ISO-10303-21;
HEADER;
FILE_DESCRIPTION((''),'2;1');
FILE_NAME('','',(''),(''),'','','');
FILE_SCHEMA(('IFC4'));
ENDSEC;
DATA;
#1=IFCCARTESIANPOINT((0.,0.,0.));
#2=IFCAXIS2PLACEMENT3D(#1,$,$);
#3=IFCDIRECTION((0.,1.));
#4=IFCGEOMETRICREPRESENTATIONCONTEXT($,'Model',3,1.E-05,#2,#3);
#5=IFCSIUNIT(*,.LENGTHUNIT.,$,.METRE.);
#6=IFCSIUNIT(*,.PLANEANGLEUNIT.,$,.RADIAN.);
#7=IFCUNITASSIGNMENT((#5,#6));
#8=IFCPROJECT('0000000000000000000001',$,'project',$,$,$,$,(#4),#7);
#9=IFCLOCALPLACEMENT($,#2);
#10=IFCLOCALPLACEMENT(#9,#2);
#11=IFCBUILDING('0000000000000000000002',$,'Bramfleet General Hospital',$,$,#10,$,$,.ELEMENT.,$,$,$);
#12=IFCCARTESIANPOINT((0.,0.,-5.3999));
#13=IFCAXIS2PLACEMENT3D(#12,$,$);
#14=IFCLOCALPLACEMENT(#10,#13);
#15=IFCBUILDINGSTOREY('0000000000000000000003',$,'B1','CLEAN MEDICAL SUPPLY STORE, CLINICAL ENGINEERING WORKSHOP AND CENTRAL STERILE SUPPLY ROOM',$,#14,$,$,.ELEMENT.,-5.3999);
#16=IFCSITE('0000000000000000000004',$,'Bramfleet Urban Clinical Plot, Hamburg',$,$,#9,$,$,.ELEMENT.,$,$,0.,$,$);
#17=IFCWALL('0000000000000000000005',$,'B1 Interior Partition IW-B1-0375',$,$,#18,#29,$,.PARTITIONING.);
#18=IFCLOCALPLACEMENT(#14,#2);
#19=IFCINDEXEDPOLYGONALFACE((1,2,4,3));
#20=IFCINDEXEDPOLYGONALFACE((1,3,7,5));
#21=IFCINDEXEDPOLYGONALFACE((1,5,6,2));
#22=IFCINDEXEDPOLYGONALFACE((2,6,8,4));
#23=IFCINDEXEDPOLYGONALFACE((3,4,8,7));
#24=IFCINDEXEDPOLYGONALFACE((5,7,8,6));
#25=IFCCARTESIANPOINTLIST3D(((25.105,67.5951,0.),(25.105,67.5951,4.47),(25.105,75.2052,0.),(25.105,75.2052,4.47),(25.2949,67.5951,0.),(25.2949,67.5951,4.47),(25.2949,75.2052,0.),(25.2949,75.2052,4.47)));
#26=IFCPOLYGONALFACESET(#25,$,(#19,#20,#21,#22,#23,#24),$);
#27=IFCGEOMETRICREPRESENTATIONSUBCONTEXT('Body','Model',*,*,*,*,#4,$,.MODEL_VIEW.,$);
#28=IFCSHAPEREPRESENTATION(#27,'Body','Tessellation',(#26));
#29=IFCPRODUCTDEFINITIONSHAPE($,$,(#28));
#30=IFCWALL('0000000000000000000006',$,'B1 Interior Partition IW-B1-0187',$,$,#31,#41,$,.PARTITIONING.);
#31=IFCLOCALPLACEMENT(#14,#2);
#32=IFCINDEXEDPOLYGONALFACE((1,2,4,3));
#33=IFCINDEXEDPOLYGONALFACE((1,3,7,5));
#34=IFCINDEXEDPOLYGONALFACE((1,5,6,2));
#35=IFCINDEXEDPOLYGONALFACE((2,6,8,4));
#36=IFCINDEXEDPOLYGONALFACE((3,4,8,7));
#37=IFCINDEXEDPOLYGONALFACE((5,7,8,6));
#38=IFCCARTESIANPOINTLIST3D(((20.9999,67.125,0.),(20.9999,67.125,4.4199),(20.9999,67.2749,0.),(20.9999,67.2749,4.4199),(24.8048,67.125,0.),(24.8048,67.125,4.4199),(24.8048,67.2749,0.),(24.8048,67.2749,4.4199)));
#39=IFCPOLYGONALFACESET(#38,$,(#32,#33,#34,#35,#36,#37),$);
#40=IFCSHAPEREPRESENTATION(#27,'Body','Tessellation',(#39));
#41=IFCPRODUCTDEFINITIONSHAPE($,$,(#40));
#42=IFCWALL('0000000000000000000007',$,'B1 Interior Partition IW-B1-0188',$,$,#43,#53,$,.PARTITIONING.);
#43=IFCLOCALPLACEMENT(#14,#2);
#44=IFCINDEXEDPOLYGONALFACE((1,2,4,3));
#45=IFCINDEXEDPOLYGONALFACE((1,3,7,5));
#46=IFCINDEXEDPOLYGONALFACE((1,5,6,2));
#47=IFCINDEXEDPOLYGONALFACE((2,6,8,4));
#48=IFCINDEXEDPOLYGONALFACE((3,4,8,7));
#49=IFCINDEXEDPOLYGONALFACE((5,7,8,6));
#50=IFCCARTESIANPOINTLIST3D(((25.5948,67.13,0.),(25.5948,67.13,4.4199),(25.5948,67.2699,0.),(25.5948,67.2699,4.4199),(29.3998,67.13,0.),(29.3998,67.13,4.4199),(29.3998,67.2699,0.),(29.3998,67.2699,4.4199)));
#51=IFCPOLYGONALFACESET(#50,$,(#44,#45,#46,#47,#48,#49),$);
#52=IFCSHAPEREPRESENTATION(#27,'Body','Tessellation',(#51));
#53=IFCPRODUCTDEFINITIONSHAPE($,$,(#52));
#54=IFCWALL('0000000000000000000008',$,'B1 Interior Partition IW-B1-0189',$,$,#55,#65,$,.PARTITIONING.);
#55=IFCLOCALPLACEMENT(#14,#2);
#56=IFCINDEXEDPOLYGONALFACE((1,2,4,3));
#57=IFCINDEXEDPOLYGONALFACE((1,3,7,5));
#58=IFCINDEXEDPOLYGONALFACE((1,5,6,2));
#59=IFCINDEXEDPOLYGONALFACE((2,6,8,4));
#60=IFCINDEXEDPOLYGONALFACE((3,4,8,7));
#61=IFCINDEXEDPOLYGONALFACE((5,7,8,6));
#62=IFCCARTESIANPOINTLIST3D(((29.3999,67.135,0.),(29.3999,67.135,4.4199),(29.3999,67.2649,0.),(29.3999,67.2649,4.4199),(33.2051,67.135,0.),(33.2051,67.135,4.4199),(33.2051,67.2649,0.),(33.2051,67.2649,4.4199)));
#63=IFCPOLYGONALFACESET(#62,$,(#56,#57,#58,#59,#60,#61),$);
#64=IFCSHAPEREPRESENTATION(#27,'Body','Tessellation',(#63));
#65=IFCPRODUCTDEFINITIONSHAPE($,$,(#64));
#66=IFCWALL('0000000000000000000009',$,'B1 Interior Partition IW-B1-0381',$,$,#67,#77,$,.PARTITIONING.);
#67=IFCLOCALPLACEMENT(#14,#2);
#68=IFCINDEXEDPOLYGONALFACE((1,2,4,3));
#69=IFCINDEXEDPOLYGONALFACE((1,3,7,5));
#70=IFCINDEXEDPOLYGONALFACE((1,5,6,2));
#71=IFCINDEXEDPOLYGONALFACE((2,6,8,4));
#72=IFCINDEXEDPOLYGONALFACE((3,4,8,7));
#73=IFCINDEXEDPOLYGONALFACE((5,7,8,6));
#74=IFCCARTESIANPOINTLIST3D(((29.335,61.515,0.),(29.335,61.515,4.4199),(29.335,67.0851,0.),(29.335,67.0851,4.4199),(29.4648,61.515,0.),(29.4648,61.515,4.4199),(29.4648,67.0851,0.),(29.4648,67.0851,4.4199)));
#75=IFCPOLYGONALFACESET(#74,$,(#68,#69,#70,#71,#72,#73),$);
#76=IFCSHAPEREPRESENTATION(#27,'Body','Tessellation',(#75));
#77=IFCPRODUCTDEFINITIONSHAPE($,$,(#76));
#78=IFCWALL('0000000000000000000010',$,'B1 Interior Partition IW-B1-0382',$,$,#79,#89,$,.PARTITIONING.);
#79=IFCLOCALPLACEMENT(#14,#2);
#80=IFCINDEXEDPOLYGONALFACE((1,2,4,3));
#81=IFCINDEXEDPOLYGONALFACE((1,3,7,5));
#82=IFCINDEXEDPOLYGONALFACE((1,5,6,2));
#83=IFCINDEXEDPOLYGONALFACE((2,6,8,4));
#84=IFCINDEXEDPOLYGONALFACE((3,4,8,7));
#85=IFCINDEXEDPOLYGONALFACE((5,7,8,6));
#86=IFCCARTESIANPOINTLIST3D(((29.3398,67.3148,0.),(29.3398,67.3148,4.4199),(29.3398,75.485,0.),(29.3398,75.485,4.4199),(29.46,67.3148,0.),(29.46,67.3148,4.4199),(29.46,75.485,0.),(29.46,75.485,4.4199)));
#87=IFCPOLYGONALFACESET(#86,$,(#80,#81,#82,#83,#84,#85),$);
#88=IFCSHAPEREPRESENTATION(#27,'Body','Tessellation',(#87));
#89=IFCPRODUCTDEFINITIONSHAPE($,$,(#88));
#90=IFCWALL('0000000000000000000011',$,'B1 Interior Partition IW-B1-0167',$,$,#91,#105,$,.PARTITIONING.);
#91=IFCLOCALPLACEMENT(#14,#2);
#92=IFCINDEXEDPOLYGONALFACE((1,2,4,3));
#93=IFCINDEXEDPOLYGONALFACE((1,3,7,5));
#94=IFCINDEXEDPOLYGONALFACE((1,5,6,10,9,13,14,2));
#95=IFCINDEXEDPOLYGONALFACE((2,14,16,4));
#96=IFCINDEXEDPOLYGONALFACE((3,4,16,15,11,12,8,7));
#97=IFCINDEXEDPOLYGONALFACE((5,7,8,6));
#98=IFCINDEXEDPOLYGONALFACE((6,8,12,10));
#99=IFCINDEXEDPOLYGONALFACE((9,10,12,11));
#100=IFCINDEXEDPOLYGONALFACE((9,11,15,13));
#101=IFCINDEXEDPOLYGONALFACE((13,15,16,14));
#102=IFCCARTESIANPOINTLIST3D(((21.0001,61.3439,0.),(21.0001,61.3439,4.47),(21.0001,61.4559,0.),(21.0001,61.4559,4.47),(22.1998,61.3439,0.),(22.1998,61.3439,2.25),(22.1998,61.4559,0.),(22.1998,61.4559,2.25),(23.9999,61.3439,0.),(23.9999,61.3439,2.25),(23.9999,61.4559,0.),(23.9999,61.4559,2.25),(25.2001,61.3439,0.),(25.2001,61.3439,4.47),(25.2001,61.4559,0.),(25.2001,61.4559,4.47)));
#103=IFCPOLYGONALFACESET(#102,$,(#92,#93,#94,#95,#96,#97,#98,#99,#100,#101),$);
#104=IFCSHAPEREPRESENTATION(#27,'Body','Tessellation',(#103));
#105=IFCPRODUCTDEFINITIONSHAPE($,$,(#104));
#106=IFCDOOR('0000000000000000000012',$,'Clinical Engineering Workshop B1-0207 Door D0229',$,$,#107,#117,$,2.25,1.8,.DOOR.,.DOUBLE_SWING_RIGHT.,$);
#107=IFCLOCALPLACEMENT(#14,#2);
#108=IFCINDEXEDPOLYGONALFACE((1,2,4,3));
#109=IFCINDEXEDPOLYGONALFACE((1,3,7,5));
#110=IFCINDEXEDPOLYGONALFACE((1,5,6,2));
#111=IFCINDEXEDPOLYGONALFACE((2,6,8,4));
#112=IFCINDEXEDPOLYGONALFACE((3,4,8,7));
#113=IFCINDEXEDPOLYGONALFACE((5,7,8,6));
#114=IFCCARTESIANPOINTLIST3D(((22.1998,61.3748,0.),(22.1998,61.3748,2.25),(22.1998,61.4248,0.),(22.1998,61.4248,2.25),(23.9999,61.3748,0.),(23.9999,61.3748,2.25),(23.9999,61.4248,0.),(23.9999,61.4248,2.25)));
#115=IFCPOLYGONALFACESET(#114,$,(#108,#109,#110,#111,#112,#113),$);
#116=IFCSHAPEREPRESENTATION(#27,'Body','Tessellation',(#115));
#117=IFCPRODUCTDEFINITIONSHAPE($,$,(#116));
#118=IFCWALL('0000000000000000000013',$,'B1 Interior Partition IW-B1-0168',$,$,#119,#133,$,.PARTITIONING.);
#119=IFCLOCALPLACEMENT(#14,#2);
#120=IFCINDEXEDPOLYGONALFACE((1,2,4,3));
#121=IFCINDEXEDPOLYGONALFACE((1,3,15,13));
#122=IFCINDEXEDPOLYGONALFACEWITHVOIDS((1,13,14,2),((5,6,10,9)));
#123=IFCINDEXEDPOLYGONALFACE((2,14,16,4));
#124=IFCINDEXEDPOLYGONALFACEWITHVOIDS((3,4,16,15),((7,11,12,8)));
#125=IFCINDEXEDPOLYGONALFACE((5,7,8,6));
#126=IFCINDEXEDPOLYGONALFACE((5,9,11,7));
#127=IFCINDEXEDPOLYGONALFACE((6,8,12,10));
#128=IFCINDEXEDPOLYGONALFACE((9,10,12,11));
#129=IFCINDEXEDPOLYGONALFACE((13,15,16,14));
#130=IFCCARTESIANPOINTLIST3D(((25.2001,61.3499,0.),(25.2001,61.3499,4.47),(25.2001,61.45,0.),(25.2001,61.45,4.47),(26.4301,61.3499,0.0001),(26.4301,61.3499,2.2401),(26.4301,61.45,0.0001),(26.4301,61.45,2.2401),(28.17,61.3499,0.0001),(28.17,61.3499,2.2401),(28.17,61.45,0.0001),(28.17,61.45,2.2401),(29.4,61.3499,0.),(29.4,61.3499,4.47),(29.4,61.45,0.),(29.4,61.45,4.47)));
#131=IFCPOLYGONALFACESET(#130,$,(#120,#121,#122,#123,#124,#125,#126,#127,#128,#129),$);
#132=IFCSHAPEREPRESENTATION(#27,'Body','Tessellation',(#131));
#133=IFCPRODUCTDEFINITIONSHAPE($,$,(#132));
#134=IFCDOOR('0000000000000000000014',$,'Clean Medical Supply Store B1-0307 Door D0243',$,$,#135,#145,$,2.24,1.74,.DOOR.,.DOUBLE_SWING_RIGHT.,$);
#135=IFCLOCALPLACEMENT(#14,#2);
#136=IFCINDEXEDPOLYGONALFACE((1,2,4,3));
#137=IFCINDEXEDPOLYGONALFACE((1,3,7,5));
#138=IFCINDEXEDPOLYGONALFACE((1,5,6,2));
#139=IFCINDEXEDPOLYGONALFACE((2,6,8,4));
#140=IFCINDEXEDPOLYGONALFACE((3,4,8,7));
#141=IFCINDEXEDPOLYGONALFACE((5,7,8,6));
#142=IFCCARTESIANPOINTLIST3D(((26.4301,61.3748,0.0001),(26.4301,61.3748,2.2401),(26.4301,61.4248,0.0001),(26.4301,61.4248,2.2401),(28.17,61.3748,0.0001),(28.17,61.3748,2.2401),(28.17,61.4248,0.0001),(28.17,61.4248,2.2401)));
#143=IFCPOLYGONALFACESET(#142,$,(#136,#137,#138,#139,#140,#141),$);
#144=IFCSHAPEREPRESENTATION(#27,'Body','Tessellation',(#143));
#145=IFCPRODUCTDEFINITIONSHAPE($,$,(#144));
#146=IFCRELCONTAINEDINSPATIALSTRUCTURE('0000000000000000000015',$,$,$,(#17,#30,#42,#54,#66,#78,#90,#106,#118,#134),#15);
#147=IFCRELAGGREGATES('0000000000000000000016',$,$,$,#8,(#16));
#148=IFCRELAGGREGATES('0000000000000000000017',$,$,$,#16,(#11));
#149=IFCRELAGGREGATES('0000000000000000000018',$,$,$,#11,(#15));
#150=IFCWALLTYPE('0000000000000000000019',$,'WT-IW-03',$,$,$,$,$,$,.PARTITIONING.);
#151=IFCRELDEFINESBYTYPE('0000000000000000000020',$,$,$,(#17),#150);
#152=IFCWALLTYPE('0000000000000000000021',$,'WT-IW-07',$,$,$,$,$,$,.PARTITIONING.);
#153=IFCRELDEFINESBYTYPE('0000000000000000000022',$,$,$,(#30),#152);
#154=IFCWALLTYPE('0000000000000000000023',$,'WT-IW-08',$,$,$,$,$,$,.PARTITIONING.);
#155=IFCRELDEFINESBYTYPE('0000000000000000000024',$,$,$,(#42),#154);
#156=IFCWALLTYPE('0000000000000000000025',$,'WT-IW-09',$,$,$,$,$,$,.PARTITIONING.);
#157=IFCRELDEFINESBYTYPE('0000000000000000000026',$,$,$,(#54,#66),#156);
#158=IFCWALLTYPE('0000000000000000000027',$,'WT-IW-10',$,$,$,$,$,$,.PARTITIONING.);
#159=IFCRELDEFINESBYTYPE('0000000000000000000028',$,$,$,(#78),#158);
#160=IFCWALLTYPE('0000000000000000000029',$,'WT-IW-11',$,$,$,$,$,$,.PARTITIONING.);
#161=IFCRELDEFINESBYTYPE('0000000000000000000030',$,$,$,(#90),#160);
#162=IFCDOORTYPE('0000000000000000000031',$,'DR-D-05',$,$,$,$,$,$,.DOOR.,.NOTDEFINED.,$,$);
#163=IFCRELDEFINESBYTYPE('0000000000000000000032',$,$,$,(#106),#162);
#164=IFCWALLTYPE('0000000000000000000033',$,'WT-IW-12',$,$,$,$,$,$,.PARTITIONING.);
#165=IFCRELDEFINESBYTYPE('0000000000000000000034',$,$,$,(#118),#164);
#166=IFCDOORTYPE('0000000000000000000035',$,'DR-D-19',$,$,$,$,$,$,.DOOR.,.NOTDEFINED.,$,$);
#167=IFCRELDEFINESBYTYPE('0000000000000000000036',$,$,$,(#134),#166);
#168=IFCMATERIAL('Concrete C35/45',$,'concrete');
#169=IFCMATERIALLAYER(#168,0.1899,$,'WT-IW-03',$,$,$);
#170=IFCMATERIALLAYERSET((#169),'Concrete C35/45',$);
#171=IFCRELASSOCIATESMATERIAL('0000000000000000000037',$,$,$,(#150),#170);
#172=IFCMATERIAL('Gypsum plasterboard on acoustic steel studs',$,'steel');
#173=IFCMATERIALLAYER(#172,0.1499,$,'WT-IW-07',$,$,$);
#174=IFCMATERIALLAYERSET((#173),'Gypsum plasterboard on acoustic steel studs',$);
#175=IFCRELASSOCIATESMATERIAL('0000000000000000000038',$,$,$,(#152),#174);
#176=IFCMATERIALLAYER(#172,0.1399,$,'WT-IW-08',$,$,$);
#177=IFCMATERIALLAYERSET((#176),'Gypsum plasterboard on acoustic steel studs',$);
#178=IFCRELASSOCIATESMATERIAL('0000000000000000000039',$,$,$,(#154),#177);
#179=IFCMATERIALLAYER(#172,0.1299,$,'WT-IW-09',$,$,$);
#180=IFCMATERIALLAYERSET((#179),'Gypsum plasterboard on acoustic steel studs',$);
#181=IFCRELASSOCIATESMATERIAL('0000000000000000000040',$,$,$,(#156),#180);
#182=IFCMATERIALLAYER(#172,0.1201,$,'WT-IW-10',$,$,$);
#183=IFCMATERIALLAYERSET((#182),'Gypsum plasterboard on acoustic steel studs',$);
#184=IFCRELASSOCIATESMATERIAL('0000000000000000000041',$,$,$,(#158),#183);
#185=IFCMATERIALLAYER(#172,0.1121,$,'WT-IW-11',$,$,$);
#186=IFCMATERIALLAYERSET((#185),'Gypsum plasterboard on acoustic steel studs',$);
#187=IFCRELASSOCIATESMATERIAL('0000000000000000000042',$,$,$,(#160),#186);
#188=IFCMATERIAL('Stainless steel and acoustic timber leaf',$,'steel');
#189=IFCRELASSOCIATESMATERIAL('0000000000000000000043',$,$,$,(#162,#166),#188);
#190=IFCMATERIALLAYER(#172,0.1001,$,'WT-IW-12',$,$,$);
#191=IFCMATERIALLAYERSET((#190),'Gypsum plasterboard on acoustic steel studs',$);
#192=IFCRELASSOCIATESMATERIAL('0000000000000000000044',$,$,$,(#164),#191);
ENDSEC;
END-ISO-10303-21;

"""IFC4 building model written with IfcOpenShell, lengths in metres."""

from ifc_helpers import new_model, si_unit, direction, frame, frame_2d, origin, place, context, subcontext, project, spatial, rectangle, extrude, material, layer, layer_set, type_object, element, fill, save


model = new_model("IFC4")

# Units and contexts
model_context = context("Model", 3, precision=1e-05, world=origin(), true_north=direction((0.0, 1.0)))
body_context = subcontext(model_context, "Body", "Model", "MODEL_VIEW")
ifc_project = project(units=[si_unit("LENGTHUNIT", "METRE"), si_unit("PLANEANGLEUNIT", "RADIAN")], contexts=[model_context])

# Site, building, storey
site_placement = place(None, origin())
site = spatial("IfcSite", under=ifc_project, at=site_placement, Name="Bramfleet Urban Clinical Plot, Hamburg", CompositionType="ELEMENT", RefElevation=0.0)
building_placement = place(site_placement, origin())
building = spatial("IfcBuilding", under=site, at=building_placement, Name="Bramfleet General Hospital", CompositionType="ELEMENT")
storey_placement = place(building_placement, frame((0.0, 0.0, -5.3999)))
storey = spatial("IfcBuildingStorey", under=building, at=storey_placement, Name="B1", Description="CLEAN MEDICAL SUPPLY STORE, CLINICAL ENGINEERING WORKSHOP AND CENTRAL STERILE SUPPLY ROOM", CompositionType="ELEMENT", Elevation=-5.3999)

# Shared definitions
ifc_material_1 = material(Name="Concrete C35/45", Category="concrete")

# Shared definitions
ifc_material_2 = material(Name="Stainless steel and acoustic timber leaf", Category="steel")

# Walls
ifc_layer_1 = layer(ifc_material_1, 0.1899, Name="WT-IW-03")
ifc_layer_set_1 = layer_set([ifc_layer_1], Name="Concrete C35/45")
wall_type_1 = type_object("IfcWallType", Name="WT-IW-03", PredefinedType="PARTITIONING", material=ifc_layer_set_1)
wall_1_placement = place(storey_placement, frame((25.2, 67.595, 0.0), z_axis=(0.0, 0.0, 1.0), x_axis=(0.0, 1.0, 0.0)))
element("IfcWall", 1, at=wall_1_placement, inside=storey, type_object=wall_type_1, Name="B1 Interior Partition IW-B1-0375", PredefinedType="PARTITIONING", context=body_context, shape_type="SweptSolid", body=[
    extrude(rectangle(XDim=7.6101, YDim=0.1899, at=frame_2d((3.8052, 0.0))), origin(), (0.0, 0.0, 1.0), 4.47),
])
ifc_material_3 = material(Name="Gypsum plasterboard on acoustic steel studs", Category="steel")
ifc_layer_2 = layer(ifc_material_3, 0.1499, Name="WT-IW-07")
ifc_layer_set_2 = layer_set([ifc_layer_2], Name="Gypsum plasterboard on acoustic steel studs")
wall_type_2 = type_object("IfcWallType", Name="WT-IW-07", PredefinedType="PARTITIONING", material=ifc_layer_set_2)
wall_2_placement = place(storey_placement, frame((21.0, 67.2, 0.0), z_axis=(0.0, 0.0, 1.0), x_axis=(1.0, 0.0, 0.0)))
element("IfcWall", 2, at=wall_2_placement, inside=storey, type_object=wall_type_2, Name="B1 Interior Partition IW-B1-0187", PredefinedType="PARTITIONING", context=body_context, shape_type="SweptSolid", body=[
    extrude(rectangle(XDim=3.8049, YDim=0.1499, at=frame_2d((1.9023, 0.0))), origin(), (0.0, 0.0, 1.0), 4.4199),
])
ifc_layer_3 = layer(ifc_material_3, 0.1399, Name="WT-IW-08")
ifc_layer_set_3 = layer_set([ifc_layer_3], Name="Gypsum plasterboard on acoustic steel studs")
wall_type_3 = type_object("IfcWallType", Name="WT-IW-08", PredefinedType="PARTITIONING", material=ifc_layer_set_3)
wall_3_placement = place(storey_placement, frame((25.595, 67.2, 0.0), z_axis=(0.0, 0.0, 1.0), x_axis=(1.0, 0.0, 0.0)))
element("IfcWall", 3, at=wall_3_placement, inside=storey, type_object=wall_type_3, Name="B1 Interior Partition IW-B1-0188", PredefinedType="PARTITIONING", context=body_context, shape_type="SweptSolid", body=[
    extrude(rectangle(XDim=3.8049, YDim=0.1399, at=frame_2d((1.9023, 0.0))), origin(), (0.0, 0.0, 1.0), 4.4199),
])
ifc_layer_4 = layer(ifc_material_3, 0.1299, Name="WT-IW-09")
ifc_layer_set_4 = layer_set([ifc_layer_4], Name="Gypsum plasterboard on acoustic steel studs")
wall_type_4 = type_object("IfcWallType", Name="WT-IW-09", PredefinedType="PARTITIONING", material=ifc_layer_set_4)
wall_4_placement = place(storey_placement, frame((29.3999, 67.2, 0.0), z_axis=(0.0, 0.0, 1.0), x_axis=(1.0, 0.0, 0.0)))
element("IfcWall", 4, at=wall_4_placement, inside=storey, type_object=wall_type_4, Name="B1 Interior Partition IW-B1-0189", PredefinedType="PARTITIONING", context=body_context, shape_type="SweptSolid", body=[
    extrude(rectangle(XDim=3.8052, YDim=0.1299, at=frame_2d((1.9026, 0.0))), origin(), (0.0, 0.0, 1.0), 4.4199),
])
wall_5_placement = place(storey_placement, frame((29.3999, 61.5149, 0.0), z_axis=(0.0, 0.0, 1.0), x_axis=(0.0, 1.0, 0.0)))
element("IfcWall", 5, at=wall_5_placement, inside=storey, type_object=wall_type_4, Name="B1 Interior Partition IW-B1-0381", PredefinedType="PARTITIONING", context=body_context, shape_type="SweptSolid", body=[
    extrude(rectangle(XDim=5.5701, YDim=0.1299, at=frame_2d((2.7852, 0.0))), origin(), (0.0, 0.0, 1.0), 4.4199),
])
ifc_layer_5 = layer(ifc_material_3, 0.1201, Name="WT-IW-10")
ifc_layer_set_5 = layer_set([ifc_layer_5], Name="Gypsum plasterboard on acoustic steel studs")
wall_type_5 = type_object("IfcWallType", Name="WT-IW-10", PredefinedType="PARTITIONING", material=ifc_layer_set_5)
wall_6_placement = place(storey_placement, frame((29.3999, 67.3149, 0.0), z_axis=(0.0, 0.0, 1.0), x_axis=(0.0, 1.0, 0.0)))
element("IfcWall", 6, at=wall_6_placement, inside=storey, type_object=wall_type_5, Name="B1 Interior Partition IW-B1-0382", PredefinedType="PARTITIONING", context=body_context, shape_type="SweptSolid", body=[
    extrude(rectangle(XDim=8.1702, YDim=0.1201, at=frame_2d((4.085, 0.0))), origin(), (0.0, 0.0, 1.0), 4.4199),
])

# Walls, openings, doors
ifc_layer_6 = layer(ifc_material_3, 0.1121, Name="WT-IW-11")
ifc_layer_set_6 = layer_set([ifc_layer_6], Name="Gypsum plasterboard on acoustic steel studs")
wall_type_6 = type_object("IfcWallType", Name="WT-IW-11", PredefinedType="PARTITIONING", material=ifc_layer_set_6)
wall_7_placement = place(storey_placement, frame((21.0, 61.3999, 0.0), z_axis=(0.0, 0.0, 1.0), x_axis=(1.0, 0.0, 0.0)))
wall_7 = element("IfcWall", 7, at=wall_7_placement, inside=storey, type_object=wall_type_6, Name="B1 Interior Partition IW-B1-0167", PredefinedType="PARTITIONING", context=body_context, shape_type="SweptSolid", body=[
    extrude(rectangle(XDim=4.2, YDim=0.1121, at=frame_2d((2.1001, 0.0))), origin(), (0.0, 0.0, 1.0), 4.47),
])
opening_1_placement = place(wall_7_placement, frame((1.2, 0.0, 0.0)))
opening_1 = element("IfcOpeningElement", 8, at=opening_1_placement, cuts=wall_7, PredefinedType="OPENING", context=body_context, shape_type="SweptSolid", body=[
    extrude(rectangle(XDim=1.8, YDim=2.25, at=frame_2d((0.8999, 1.125))), frame((0.0, 0.0659, 0.0), z_axis=(0.0, -1.0, 0.0), x_axis=(1.0, 0.0, 0.0)), (0.0, 0.0, 1.0), 0.1321),
])
door_type_1 = type_object("IfcDoorType", Name="DR-D-05", OperationType="NOTDEFINED", PredefinedType="DOOR", material=ifc_material_2)
door_1_placement = place(opening_1_placement, origin())
door_1 = element("IfcDoor", 9, at=door_1_placement, inside=storey, type_object=door_type_1, Name="Clinical Engineering Workshop B1-0207 Door D0229", OperationType="DOUBLE_SWING_RIGHT", OverallHeight=2.25, OverallWidth=1.8, PredefinedType="DOOR", context=body_context, shape_type="SweptSolid", body=[
    extrude(rectangle(XDim=1.8, YDim=2.25, at=frame_2d((0.8999, 1.125))), frame((0.0, 0.0249, 0.0), z_axis=(0.0, -1.0, 0.0), x_axis=(1.0, 0.0, 0.0)), (0.0, 0.0, 1.0), 0.05),
])
fill(opening_1, door_1)
ifc_layer_7 = layer(ifc_material_3, 0.1001, Name="WT-IW-12")
ifc_layer_set_7 = layer_set([ifc_layer_7], Name="Gypsum plasterboard on acoustic steel studs")
wall_type_7 = type_object("IfcWallType", Name="WT-IW-12", PredefinedType="PARTITIONING", material=ifc_layer_set_7)
wall_8_placement = place(storey_placement, frame((25.2, 61.3999, 0.0), z_axis=(0.0, 0.0, 1.0), x_axis=(1.0, 0.0, 0.0)))
wall_8 = element("IfcWall", 10, at=wall_8_placement, inside=storey, type_object=wall_type_7, Name="B1 Interior Partition IW-B1-0168", PredefinedType="PARTITIONING", context=body_context, shape_type="SweptSolid", body=[
    extrude(rectangle(XDim=4.2, YDim=0.1001, at=frame_2d((2.1001, 0.0))), origin(), (0.0, 0.0, 1.0), 4.47),
])
opening_2_placement = place(wall_8_placement, frame((1.23, 0.0, 0.0)))
opening_2 = element("IfcOpeningElement", 11, at=opening_2_placement, cuts=wall_8, PredefinedType="OPENING", context=body_context, shape_type="SweptSolid", body=[
    extrude(rectangle(XDim=1.74, YDim=2.24, at=frame_2d((0.8701, 1.1201))), frame((0.0, 0.0601, 0.0), z_axis=(0.0, -1.0, 0.0), x_axis=(1.0, 0.0, 0.0)), (0.0, 0.0, 1.0), 0.1201),
])
door_type_2 = type_object("IfcDoorType", Name="DR-D-19", OperationType="NOTDEFINED", PredefinedType="DOOR", material=ifc_material_2)
door_2_placement = place(opening_2_placement, origin())
door_2 = element("IfcDoor", 12, at=door_2_placement, inside=storey, type_object=door_type_2, Name="Clean Medical Supply Store B1-0307 Door D0243", OperationType="DOUBLE_SWING_RIGHT", OverallHeight=2.24, OverallWidth=1.74, PredefinedType="DOOR", context=body_context, shape_type="SweptSolid", body=[
    extrude(rectangle(XDim=1.74, YDim=2.24, at=frame_2d((0.8701, 1.1201))), frame((0.0, 0.0249, 0.0), z_axis=(0.0, -1.0, 0.0), x_axis=(1.0, 0.0, 0.0)), (0.0, 0.0, 1.0), 0.05),
])
fill(opening_2, door_2)

save(model, "model.ifc")
